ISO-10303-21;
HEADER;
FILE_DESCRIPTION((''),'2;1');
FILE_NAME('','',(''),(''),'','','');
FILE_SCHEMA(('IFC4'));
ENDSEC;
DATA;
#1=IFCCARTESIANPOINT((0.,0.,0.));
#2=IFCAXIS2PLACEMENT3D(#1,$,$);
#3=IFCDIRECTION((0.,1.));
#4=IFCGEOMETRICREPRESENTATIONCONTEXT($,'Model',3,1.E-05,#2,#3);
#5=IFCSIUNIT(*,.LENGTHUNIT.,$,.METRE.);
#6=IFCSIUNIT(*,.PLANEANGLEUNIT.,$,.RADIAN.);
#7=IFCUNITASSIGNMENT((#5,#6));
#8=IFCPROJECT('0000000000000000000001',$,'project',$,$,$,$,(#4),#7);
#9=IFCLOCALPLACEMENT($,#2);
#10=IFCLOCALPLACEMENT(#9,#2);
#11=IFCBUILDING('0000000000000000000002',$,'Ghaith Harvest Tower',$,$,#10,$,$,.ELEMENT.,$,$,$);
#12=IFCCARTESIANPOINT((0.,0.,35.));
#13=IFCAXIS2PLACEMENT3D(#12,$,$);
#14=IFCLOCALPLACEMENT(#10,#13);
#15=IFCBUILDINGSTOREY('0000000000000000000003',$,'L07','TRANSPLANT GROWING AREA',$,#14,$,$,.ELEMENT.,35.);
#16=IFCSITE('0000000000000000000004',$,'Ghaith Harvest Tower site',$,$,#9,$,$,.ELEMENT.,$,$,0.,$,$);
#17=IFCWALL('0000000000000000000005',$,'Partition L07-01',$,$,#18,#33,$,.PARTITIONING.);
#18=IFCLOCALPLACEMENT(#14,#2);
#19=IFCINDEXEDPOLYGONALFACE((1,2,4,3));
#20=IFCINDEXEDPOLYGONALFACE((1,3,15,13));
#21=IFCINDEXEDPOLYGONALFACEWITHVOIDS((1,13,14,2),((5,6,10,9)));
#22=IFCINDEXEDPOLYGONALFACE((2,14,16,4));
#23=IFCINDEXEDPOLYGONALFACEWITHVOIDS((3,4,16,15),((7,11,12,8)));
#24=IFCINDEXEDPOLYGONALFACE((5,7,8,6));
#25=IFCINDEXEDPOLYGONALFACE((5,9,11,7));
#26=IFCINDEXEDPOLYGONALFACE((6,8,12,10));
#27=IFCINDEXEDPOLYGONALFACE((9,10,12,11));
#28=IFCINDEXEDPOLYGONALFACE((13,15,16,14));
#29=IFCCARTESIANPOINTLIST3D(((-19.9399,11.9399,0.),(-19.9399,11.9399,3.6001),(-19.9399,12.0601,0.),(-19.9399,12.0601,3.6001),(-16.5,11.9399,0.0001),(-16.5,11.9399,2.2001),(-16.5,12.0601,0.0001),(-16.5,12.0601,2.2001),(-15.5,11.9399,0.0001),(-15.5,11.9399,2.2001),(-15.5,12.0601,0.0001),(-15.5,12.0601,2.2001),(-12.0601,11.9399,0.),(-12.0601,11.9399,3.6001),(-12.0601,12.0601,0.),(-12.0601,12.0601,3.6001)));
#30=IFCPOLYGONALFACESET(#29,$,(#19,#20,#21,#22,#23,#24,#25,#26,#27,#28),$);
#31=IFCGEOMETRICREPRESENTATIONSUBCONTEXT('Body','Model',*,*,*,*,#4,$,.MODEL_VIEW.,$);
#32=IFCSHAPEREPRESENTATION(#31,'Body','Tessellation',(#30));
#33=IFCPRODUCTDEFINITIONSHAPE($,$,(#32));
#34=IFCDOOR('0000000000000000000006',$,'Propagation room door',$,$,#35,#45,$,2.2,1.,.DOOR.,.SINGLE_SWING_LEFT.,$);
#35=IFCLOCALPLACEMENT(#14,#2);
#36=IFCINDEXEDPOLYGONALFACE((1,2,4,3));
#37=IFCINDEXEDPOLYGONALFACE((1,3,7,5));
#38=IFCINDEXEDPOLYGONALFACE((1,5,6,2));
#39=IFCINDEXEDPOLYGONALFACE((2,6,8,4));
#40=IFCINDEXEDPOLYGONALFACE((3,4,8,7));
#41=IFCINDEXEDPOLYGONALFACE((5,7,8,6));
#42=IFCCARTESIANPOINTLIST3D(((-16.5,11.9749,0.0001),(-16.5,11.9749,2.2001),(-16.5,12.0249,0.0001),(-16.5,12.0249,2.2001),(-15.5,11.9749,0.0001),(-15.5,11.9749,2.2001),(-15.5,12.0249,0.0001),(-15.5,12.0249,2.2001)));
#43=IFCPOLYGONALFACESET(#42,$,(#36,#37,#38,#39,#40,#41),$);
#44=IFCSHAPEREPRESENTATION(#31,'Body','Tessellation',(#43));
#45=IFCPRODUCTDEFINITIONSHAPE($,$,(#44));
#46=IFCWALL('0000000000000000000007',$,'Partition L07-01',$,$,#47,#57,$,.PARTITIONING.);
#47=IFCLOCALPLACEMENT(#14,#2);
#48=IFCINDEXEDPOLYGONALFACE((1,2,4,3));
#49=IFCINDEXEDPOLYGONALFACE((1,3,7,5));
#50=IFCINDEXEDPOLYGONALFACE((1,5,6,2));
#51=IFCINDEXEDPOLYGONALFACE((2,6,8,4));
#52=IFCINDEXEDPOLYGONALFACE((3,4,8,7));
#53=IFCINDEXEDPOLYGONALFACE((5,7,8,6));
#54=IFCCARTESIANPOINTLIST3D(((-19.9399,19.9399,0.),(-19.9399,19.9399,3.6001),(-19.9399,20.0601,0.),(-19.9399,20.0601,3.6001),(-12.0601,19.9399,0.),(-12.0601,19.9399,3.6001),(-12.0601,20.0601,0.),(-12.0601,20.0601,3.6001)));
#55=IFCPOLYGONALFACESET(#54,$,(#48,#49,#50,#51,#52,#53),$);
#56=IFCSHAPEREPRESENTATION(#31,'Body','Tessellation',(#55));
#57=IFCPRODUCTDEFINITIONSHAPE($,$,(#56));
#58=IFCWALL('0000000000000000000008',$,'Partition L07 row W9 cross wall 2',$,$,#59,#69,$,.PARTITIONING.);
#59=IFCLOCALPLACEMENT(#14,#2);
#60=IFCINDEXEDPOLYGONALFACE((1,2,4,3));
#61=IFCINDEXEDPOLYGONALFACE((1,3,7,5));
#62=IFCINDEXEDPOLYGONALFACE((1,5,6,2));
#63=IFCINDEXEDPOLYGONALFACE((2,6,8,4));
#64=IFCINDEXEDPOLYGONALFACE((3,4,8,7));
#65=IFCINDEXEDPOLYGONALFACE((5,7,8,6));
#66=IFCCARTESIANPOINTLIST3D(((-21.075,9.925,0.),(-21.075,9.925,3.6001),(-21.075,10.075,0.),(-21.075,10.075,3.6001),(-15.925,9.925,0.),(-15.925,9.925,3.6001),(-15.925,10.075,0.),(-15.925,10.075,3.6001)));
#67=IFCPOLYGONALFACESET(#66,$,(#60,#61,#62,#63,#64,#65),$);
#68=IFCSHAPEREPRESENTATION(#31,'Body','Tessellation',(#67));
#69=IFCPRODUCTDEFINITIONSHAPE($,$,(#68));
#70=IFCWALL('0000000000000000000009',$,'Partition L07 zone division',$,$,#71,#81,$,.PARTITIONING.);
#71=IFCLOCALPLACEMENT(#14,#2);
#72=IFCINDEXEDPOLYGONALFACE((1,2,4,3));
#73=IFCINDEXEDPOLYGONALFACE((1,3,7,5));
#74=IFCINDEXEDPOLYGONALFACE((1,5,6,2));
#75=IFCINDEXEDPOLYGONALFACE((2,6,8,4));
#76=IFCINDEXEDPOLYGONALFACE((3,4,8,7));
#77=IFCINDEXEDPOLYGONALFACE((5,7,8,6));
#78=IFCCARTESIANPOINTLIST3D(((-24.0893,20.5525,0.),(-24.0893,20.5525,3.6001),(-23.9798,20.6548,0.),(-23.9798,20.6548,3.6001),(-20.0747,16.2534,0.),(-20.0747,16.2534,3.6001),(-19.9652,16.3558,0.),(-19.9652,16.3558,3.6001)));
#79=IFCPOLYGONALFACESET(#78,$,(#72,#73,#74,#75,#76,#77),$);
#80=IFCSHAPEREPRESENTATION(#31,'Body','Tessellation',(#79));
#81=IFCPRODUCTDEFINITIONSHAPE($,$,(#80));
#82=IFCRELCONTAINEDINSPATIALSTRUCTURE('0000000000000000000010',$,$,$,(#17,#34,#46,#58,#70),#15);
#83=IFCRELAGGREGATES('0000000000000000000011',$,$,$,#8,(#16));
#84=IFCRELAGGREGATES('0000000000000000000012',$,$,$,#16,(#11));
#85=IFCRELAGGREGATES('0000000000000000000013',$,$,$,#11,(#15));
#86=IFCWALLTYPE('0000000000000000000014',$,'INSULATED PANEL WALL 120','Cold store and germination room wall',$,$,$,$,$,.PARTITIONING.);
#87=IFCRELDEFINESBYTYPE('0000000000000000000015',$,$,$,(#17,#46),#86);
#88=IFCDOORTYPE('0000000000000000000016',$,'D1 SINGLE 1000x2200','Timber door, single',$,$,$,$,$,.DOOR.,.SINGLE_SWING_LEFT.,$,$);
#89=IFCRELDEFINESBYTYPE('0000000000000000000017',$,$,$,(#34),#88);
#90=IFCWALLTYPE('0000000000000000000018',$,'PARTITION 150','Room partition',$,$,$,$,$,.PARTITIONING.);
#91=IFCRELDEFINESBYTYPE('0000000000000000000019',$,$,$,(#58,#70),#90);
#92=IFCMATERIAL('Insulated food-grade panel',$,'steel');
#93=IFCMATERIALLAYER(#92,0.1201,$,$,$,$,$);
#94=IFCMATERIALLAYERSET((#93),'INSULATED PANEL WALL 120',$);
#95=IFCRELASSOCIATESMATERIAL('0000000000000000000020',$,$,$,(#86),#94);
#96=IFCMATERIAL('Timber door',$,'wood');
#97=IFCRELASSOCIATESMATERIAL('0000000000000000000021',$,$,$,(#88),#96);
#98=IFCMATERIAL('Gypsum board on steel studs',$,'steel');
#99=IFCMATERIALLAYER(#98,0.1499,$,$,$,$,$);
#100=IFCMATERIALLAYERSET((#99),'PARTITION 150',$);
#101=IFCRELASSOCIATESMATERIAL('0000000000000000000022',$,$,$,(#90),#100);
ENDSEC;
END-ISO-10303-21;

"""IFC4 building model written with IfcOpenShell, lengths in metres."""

from ifc_helpers import new_model, si_unit, direction, frame, frame_2d, origin, place, context, subcontext, project, spatial, rectangle, extrude, material, layer, layer_set, type_object, element, fill, save


model = new_model("IFC4")

# Units and contexts
model_context = context("Model", 3, precision=1e-05, world=origin(), true_north=direction((0.0, 1.0)))
body_context = subcontext(model_context, "Body", "Model", "MODEL_VIEW")
ifc_project = project(units=[si_unit("LENGTHUNIT", "METRE"), si_unit("PLANEANGLEUNIT", "RADIAN")], contexts=[model_context])

# Site, building, storey
site_placement = place(None, origin())
site = spatial("IfcSite", under=ifc_project, at=site_placement, Name="Ghaith Harvest Tower site", CompositionType="ELEMENT", RefElevation=0.0)
building_placement = place(site_placement, origin())
building = spatial("IfcBuilding", under=site, at=building_placement, Name="Ghaith Harvest Tower", CompositionType="ELEMENT")
storey_placement = place(building_placement, frame((0.0, 0.0, 35.0)))
storey = spatial("IfcBuildingStorey", under=building, at=storey_placement, Name="L07", Description="TRANSPLANT GROWING AREA", CompositionType="ELEMENT", Elevation=35.0)

# Shared definitions
ifc_material_1 = material(Name="Insulated food-grade panel", Category="steel")
ifc_layer_1 = layer(ifc_material_1, 0.1201)
ifc_layer_set_1 = layer_set([ifc_layer_1], Name="INSULATED PANEL WALL 120")
wall_type_1 = type_object("IfcWallType", Name="INSULATED PANEL WALL 120", Description="Cold store and germination room wall", PredefinedType="PARTITIONING", material=ifc_layer_set_1)

# Wall, opening, door
wall_1_placement = place(storey_placement, frame((-19.9399, 12.0, 0.0), z_axis=(0.0, 0.0, 1.0), x_axis=(1.0, 0.0, 0.0)))
wall_1 = element("IfcWall", 1, at=wall_1_placement, inside=storey, type_object=wall_type_1, Name="Partition L07-01", PredefinedType="PARTITIONING", context=body_context, shape_type="SweptSolid", body=[
    extrude(rectangle(XDim=7.8799, YDim=0.1201, at=frame_2d((3.9399, 0.0))), origin(), (0.0, 0.0, 1.0), 3.6001),
])
opening_placement = place(wall_1_placement, frame((3.4399, 0.0, 0.0)))
opening = element("IfcOpeningElement", 2, at=opening_placement, cuts=wall_1, PredefinedType="OPENING", context=body_context, shape_type="SweptSolid", body=[
    extrude(rectangle(XDim=1.0, YDim=2.2, at=frame_2d((0.5, 1.1001))), frame((0.0, 0.0701, 0.0), z_axis=(0.0, -1.0, 0.0), x_axis=(1.0, 0.0, 0.0)), (0.0, 0.0, 1.0), 0.1401),
])
ifc_material_2 = material(Name="Timber door", Category="wood")
door_type = type_object("IfcDoorType", Name="D1 SINGLE 1000x2200", Description="Timber door, single", OperationType="SINGLE_SWING_LEFT", PredefinedType="DOOR", material=ifc_material_2)
door_placement = place(opening_placement, origin())
door = element("IfcDoor", 3, at=door_placement, inside=storey, type_object=door_type, Name="Propagation room door", OperationType="SINGLE_SWING_LEFT", OverallHeight=2.2, OverallWidth=1.0, PredefinedType="DOOR", context=body_context, shape_type="SweptSolid", body=[
    extrude(rectangle(XDim=1.0, YDim=2.2, at=frame_2d((0.5, 1.1001))), frame((0.0, 0.0249, 0.0), z_axis=(0.0, -1.0, 0.0), x_axis=(1.0, 0.0, 0.0)), (0.0, 0.0, 1.0), 0.05),
])
fill(opening, door)

# Walls
wall_2_placement = place(storey_placement, frame((-19.9399, 20.0, 0.0), z_axis=(0.0, 0.0, 1.0), x_axis=(1.0, 0.0, 0.0)))
element("IfcWall", 4, at=wall_2_placement, inside=storey, type_object=wall_type_1, Name="Partition L07-01", PredefinedType="PARTITIONING", context=body_context, shape_type="SweptSolid", body=[
    extrude(rectangle(XDim=7.8799, YDim=0.1201, at=frame_2d((3.9399, 0.0))), origin(), (0.0, 0.0, 1.0), 3.6001),
])
ifc_material_3 = material(Name="Gypsum board on steel studs", Category="steel")
ifc_layer_2 = layer(ifc_material_3, 0.1499)
ifc_layer_set_2 = layer_set([ifc_layer_2], Name="PARTITION 150")
wall_type_2 = type_object("IfcWallType", Name="PARTITION 150", Description="Room partition", PredefinedType="PARTITIONING", material=ifc_layer_set_2)
wall_3_placement = place(storey_placement, frame((-15.925, 10.0, 0.0), z_axis=(0.0, 0.0, 1.0), x_axis=(-1.0, 0.0, 0.0)))
element("IfcWall", 5, at=wall_3_placement, inside=storey, type_object=wall_type_2, Name="Partition L07 row W9 cross wall 2", PredefinedType="PARTITIONING", context=body_context, shape_type="SweptSolid", body=[
    extrude(rectangle(XDim=5.1499, YDim=0.1499, at=frame_2d((2.575, 0.0))), origin(), (0.0, 0.0, 1.0), 3.6001),
])
wall_4_placement = place(storey_placement, frame((-20.02, 16.3047, 0.0), z_axis=(0.0, 0.0, 1.0), x_axis=(-0.682516, 0.73087, 0.0)))
element("IfcWall", 6, at=wall_4_placement, inside=storey, type_object=wall_type_2, Name="Partition L07 zone division", PredefinedType="PARTITIONING", context=body_context, shape_type="SweptSolid", body=[
    extrude(rectangle(XDim=5.8821, YDim=0.1499, at=frame_2d((2.9409, 0.0))), origin(), (0.0, 0.0, 1.0), 3.6001),
])

save(model, "model.ifc")
